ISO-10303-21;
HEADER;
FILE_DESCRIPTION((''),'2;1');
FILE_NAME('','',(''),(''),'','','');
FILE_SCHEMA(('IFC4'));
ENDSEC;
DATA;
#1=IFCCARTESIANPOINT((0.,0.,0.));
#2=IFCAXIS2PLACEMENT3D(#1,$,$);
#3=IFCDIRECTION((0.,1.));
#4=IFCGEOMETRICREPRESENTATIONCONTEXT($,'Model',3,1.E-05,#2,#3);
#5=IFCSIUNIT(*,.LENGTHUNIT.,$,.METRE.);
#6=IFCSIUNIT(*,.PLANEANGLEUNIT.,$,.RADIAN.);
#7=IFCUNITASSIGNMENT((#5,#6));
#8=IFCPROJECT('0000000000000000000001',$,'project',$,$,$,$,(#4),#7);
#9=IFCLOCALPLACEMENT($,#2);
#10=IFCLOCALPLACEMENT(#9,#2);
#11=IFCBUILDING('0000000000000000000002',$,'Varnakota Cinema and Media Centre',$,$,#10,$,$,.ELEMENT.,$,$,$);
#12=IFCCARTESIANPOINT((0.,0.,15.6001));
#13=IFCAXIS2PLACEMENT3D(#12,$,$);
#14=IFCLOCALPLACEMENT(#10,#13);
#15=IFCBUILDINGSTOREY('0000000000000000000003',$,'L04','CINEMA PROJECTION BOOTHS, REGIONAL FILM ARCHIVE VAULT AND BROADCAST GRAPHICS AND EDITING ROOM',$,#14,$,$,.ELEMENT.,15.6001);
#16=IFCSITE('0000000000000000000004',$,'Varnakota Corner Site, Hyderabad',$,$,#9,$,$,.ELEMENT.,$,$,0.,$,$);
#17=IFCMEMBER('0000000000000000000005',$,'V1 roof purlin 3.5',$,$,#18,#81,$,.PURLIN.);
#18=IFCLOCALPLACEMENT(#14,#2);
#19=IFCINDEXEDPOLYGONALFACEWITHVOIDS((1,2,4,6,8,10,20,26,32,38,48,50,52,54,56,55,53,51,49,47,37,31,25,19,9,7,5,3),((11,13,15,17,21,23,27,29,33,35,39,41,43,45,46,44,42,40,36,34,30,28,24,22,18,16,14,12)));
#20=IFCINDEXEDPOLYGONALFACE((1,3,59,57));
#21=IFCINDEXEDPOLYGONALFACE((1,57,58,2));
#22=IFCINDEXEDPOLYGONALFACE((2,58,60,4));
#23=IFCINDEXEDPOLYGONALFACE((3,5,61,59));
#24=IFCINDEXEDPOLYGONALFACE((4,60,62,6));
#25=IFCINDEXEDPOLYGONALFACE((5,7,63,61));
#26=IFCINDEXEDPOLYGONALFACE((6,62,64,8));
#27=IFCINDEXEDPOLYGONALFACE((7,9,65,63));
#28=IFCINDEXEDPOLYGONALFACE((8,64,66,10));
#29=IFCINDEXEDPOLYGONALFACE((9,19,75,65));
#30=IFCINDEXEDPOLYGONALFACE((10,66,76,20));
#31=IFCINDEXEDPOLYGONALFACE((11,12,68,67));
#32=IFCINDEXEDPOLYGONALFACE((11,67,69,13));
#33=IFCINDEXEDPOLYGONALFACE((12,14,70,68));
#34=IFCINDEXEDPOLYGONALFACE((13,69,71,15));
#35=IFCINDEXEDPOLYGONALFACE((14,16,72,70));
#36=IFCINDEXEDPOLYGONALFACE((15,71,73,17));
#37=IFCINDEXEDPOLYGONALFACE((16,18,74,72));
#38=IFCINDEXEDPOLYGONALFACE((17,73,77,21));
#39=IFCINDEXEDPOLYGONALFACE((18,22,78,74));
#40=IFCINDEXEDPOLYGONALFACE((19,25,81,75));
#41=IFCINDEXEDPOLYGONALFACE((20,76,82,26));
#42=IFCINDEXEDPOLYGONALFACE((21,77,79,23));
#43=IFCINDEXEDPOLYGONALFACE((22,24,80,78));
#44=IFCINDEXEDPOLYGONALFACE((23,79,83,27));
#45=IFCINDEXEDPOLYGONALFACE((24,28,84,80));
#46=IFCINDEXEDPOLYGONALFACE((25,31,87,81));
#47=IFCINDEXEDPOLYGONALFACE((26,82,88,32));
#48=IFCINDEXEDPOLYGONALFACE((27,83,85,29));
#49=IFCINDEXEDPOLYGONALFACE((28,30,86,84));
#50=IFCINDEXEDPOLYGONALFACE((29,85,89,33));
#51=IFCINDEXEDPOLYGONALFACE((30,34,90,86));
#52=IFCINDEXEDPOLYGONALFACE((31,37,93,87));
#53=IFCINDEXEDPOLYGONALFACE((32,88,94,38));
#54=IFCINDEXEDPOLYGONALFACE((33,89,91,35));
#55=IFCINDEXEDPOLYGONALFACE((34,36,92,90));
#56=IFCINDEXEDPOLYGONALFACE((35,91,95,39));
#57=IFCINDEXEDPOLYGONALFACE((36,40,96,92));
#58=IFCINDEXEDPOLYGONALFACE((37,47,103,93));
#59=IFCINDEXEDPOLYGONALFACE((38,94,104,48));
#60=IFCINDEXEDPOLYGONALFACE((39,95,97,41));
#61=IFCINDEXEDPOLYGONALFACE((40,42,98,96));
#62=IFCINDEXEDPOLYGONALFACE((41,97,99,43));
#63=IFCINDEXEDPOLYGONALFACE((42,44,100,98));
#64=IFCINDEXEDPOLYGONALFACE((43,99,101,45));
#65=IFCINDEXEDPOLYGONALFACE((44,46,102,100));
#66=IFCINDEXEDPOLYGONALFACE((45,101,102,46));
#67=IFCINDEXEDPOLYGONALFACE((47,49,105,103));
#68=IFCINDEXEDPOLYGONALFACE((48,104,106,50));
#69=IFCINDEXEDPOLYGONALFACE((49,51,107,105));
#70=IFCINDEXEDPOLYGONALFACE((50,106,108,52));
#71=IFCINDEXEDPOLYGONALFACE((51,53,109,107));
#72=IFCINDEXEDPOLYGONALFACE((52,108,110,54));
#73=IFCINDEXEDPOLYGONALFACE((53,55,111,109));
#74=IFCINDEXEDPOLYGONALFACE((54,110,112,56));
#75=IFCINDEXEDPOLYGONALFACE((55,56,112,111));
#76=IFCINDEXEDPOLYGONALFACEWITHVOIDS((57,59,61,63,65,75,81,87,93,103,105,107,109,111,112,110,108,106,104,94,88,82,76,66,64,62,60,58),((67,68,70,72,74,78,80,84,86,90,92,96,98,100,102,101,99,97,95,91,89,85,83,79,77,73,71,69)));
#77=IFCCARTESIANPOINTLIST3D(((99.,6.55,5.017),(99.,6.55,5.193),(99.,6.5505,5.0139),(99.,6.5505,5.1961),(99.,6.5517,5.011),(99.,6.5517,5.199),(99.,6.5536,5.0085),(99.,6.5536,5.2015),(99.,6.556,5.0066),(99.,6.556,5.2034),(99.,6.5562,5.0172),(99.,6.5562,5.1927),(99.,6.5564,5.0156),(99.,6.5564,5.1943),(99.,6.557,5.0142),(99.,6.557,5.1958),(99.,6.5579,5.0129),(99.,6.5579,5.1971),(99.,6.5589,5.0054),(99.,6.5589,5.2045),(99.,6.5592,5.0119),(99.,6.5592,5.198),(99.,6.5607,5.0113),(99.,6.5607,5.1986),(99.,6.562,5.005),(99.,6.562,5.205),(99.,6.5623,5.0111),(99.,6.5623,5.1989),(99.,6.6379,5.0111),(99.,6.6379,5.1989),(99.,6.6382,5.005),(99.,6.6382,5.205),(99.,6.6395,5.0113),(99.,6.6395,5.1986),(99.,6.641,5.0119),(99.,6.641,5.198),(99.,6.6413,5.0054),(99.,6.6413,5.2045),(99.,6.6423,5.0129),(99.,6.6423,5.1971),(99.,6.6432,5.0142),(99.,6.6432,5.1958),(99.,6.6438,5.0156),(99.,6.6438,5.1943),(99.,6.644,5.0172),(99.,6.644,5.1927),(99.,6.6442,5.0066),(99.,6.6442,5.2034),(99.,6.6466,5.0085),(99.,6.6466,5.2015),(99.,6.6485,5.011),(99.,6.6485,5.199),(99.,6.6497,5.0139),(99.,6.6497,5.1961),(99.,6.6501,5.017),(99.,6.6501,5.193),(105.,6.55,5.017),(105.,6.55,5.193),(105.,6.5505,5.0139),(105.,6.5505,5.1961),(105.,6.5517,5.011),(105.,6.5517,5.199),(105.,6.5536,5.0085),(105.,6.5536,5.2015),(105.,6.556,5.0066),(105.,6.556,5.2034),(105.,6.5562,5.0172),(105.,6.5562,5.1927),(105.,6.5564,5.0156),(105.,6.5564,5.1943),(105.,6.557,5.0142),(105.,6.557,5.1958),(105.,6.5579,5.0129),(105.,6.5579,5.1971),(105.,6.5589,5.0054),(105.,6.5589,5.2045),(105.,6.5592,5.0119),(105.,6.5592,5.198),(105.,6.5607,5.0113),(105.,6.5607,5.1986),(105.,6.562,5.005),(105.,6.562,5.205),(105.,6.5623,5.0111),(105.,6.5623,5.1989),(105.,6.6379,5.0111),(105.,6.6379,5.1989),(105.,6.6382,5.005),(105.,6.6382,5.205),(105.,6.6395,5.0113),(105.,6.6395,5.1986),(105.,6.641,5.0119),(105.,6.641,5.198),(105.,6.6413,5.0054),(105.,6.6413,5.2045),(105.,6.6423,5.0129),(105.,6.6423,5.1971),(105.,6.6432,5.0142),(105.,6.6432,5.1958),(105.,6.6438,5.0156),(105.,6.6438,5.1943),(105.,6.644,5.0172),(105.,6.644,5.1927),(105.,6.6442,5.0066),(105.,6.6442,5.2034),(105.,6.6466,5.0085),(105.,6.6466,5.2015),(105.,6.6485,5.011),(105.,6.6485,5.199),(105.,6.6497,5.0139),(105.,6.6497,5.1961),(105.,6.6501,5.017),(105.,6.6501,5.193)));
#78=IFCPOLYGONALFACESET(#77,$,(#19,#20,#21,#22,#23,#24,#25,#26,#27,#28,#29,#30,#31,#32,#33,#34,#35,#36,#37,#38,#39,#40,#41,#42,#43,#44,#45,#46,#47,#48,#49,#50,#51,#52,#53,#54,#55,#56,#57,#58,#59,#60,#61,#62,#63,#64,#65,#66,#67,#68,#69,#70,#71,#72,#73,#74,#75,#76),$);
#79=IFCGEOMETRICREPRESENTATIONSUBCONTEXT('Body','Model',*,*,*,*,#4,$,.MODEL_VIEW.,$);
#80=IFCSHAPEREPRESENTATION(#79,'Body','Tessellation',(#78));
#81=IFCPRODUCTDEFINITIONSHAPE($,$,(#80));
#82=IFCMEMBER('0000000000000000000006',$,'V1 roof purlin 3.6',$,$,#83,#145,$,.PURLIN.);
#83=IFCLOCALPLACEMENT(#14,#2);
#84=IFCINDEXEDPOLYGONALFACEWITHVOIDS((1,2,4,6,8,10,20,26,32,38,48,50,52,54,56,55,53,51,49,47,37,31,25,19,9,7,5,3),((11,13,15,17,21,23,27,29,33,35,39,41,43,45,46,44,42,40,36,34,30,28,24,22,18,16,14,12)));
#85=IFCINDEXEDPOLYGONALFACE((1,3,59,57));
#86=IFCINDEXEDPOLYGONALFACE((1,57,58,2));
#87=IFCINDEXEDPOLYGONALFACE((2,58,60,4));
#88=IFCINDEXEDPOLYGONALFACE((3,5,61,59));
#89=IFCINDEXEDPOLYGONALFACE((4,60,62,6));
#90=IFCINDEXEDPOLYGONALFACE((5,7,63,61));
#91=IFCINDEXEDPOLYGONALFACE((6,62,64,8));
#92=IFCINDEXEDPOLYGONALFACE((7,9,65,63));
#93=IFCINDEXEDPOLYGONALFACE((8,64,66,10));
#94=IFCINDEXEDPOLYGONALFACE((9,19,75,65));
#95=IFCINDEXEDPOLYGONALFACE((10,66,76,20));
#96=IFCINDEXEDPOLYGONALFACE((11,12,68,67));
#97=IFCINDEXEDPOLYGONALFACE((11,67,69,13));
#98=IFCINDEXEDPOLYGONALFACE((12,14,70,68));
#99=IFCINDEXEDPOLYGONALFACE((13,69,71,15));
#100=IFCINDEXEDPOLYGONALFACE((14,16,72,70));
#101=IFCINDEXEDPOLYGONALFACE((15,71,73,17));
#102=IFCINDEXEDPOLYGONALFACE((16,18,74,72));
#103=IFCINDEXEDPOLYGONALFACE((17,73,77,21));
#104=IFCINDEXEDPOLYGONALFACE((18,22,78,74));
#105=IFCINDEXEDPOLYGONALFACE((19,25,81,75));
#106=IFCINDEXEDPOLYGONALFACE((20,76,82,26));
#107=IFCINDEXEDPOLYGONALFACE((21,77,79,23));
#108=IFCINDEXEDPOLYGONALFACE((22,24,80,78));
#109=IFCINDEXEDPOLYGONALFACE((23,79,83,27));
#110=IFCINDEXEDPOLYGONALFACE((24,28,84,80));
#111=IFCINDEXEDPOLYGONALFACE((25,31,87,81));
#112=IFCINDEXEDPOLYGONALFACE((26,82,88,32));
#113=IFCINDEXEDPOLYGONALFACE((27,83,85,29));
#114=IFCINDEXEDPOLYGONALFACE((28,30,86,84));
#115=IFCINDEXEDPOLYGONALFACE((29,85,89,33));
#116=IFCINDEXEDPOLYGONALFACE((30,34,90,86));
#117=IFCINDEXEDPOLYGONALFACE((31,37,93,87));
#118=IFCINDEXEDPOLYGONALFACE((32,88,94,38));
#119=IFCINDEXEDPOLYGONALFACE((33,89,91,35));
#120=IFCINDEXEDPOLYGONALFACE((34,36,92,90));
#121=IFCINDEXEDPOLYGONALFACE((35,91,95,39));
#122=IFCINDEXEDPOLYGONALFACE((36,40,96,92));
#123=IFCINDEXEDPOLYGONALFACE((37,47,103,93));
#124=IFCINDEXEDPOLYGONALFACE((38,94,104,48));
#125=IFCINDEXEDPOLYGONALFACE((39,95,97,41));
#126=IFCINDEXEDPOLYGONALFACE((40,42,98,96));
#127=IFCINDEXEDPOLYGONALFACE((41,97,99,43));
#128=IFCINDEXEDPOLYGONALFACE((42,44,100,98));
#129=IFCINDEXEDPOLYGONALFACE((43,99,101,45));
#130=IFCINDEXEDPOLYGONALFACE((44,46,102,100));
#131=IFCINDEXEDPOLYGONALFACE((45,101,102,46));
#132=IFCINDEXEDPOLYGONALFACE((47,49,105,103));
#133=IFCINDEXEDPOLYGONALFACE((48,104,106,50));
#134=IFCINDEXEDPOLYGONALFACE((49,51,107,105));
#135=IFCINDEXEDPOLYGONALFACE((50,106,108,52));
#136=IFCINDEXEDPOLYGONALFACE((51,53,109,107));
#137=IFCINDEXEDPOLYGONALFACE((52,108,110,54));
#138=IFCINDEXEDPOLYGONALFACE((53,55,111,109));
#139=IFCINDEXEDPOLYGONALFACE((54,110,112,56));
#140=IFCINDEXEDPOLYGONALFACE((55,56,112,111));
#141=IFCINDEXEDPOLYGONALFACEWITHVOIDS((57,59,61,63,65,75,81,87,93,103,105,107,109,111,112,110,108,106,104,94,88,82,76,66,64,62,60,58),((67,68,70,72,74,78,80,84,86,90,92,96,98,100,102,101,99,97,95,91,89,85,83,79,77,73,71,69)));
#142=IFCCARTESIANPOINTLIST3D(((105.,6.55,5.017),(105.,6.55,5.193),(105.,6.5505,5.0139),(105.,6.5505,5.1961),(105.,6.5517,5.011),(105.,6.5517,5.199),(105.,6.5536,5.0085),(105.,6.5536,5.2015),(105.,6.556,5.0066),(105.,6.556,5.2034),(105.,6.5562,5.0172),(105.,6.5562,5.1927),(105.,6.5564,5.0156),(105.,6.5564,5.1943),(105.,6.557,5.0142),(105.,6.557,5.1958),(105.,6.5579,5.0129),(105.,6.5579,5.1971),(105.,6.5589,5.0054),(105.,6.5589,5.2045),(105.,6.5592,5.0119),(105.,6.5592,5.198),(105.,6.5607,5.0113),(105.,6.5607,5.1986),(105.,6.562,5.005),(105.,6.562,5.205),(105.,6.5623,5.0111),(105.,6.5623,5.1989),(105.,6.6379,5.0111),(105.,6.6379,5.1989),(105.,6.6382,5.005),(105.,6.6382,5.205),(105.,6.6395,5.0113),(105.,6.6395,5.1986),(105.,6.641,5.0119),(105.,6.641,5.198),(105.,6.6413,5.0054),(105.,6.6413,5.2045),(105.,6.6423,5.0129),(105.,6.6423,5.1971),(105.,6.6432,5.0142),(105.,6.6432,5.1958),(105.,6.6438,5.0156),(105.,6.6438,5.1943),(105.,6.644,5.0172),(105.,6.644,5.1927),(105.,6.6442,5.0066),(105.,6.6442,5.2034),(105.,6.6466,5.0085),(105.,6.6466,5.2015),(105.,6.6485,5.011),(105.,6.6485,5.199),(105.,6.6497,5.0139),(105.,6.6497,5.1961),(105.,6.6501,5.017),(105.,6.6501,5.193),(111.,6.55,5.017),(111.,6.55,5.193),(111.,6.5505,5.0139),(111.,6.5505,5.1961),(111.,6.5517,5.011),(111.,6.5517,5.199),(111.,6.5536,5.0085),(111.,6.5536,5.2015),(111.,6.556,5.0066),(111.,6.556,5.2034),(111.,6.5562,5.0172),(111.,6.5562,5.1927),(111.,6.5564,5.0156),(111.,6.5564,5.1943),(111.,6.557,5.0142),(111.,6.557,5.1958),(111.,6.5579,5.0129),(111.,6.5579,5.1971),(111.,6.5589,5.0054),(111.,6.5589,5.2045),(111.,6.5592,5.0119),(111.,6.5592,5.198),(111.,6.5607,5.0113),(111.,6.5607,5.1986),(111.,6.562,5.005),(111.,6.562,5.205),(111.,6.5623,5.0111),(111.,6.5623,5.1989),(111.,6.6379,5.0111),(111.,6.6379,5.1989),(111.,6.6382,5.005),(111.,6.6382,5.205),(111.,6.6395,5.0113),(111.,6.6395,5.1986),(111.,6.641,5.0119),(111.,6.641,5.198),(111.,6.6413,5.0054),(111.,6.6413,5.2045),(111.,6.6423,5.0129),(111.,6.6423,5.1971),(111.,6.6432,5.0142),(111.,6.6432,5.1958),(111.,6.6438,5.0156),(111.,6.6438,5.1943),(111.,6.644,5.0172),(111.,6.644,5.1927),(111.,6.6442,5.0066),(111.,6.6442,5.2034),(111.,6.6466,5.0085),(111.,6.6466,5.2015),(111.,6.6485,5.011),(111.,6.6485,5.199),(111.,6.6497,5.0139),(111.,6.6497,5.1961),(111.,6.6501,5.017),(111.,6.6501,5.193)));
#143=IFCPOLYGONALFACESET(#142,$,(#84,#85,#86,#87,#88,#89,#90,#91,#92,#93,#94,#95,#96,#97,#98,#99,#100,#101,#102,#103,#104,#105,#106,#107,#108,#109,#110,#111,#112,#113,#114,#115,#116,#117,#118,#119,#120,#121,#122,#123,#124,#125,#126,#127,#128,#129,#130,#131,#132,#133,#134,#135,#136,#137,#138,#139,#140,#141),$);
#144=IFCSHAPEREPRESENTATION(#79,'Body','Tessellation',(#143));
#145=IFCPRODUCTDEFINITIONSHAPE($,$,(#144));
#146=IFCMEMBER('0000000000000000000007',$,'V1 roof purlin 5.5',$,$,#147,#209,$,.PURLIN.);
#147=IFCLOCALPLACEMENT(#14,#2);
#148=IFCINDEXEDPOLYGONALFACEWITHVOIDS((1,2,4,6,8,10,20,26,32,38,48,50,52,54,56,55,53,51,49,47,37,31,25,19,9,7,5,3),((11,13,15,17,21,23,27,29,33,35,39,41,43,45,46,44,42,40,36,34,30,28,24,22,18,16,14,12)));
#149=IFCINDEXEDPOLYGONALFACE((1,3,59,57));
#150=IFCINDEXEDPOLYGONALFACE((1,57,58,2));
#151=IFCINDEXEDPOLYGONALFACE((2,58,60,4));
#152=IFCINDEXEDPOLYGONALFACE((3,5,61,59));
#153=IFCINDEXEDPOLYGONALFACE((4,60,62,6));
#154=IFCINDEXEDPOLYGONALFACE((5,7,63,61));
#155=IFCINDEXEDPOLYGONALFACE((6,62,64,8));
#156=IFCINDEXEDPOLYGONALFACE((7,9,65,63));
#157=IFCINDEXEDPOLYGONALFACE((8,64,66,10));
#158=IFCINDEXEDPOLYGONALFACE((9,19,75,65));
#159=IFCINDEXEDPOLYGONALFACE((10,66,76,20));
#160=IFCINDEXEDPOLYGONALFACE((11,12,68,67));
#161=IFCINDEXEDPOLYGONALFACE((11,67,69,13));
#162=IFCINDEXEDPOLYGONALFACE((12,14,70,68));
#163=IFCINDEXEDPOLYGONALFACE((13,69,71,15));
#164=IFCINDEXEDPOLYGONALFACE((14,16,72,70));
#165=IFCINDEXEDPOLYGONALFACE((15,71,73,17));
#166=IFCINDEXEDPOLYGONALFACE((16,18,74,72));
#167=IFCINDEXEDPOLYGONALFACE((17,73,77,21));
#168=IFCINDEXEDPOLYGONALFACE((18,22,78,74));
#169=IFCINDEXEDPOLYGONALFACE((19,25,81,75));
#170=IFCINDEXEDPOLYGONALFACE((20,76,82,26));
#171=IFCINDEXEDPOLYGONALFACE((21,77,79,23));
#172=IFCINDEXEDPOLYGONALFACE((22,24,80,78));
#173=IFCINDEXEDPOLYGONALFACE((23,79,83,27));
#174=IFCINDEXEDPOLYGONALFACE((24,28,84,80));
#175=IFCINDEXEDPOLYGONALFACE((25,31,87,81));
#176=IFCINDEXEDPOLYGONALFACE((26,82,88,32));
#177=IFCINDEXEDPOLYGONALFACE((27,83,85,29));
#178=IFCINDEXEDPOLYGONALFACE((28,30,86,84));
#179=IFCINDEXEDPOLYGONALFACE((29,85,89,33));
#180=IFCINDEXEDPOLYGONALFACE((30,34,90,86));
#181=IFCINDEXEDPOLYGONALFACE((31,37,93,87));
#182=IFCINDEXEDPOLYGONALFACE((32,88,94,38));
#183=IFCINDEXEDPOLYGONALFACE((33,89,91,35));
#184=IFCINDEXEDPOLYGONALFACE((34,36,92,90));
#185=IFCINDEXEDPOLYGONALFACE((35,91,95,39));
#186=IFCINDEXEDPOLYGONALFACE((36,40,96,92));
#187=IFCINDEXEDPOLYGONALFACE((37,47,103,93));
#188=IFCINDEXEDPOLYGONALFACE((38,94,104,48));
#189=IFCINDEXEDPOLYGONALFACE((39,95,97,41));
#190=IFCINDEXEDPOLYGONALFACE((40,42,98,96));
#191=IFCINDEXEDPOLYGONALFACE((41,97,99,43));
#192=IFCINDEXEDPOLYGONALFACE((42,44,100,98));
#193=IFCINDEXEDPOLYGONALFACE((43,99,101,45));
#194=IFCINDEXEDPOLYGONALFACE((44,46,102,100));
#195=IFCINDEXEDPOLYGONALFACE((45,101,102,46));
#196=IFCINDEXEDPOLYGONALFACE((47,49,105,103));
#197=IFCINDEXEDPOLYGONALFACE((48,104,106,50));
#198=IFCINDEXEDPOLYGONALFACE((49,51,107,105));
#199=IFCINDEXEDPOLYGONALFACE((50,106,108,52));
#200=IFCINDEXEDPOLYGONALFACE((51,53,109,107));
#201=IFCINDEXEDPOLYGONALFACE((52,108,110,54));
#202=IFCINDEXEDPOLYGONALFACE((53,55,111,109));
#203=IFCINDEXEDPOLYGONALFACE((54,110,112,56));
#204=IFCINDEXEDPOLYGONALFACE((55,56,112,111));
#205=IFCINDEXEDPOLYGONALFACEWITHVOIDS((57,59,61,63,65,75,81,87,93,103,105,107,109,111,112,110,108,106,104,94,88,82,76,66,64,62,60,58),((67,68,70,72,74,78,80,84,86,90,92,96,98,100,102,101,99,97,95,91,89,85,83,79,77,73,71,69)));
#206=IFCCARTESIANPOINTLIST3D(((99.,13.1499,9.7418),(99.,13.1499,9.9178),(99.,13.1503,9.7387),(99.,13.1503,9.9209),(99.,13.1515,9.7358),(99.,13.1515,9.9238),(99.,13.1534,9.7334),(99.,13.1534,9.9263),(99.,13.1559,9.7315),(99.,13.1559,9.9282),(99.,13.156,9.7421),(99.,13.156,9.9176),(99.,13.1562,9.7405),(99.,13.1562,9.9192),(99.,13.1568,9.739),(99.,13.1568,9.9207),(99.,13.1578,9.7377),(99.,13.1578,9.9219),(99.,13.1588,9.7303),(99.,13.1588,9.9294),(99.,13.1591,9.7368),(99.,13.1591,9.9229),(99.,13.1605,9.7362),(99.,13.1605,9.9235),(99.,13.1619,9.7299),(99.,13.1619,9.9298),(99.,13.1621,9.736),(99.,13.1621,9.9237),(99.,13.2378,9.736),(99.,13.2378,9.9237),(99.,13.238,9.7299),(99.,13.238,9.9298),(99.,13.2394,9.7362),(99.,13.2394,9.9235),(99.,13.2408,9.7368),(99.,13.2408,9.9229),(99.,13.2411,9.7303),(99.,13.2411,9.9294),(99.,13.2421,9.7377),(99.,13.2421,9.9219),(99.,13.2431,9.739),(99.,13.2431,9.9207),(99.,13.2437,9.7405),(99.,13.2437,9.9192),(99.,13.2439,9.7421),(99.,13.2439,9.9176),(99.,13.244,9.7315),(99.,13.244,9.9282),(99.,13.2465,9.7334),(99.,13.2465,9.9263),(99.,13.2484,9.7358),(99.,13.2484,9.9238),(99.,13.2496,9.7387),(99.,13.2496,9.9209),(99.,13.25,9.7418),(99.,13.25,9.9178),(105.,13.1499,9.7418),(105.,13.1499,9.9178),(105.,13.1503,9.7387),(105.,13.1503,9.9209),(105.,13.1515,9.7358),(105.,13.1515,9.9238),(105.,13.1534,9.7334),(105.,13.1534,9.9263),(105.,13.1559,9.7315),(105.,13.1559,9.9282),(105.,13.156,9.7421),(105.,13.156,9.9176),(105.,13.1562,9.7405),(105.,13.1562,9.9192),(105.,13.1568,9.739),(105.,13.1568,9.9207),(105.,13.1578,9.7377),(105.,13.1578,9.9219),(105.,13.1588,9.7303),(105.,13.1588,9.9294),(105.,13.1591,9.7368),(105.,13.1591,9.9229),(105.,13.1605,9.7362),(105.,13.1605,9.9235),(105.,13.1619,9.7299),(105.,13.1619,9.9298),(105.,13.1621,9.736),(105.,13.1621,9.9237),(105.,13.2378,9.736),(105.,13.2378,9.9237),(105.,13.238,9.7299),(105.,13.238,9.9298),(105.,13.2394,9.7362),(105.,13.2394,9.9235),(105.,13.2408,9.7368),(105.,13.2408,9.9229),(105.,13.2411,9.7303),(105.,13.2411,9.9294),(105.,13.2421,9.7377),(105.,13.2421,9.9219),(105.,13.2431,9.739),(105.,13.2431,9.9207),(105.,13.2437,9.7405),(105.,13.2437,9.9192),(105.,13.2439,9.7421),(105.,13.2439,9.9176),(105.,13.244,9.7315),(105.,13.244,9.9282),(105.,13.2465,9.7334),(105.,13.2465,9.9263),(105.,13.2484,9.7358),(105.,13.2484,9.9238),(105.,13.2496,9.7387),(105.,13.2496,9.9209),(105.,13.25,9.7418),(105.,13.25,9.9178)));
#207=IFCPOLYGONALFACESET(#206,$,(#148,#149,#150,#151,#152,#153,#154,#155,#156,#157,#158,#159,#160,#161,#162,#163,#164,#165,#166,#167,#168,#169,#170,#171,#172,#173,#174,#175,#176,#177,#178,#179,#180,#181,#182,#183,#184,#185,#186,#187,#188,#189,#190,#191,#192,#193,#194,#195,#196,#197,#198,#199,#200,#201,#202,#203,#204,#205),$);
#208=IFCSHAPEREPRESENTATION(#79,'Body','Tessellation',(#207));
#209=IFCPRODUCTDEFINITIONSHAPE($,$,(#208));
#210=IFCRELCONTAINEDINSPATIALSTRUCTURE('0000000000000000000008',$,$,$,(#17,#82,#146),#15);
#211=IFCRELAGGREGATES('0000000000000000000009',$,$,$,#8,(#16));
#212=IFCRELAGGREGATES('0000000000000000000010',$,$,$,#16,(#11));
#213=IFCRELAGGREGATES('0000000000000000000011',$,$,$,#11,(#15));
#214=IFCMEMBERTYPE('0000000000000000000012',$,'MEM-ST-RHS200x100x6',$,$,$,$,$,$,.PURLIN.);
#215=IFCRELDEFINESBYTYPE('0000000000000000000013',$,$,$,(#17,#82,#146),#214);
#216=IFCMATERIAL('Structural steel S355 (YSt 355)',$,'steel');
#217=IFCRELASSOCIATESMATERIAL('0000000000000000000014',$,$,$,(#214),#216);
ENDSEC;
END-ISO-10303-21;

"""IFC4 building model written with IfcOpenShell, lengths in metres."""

from ifc_helpers import new_model, si_unit, direction, frame, origin, origin_2d, place, context, subcontext, project, spatial, hollow_rectangle, extrude, material, material_profile, profile_set, type_object, element, save


model = new_model("IFC4")

# Units and contexts
model_context = context("Model", 3, precision=1e-05, world=origin(), true_north=direction((0.0, 1.0)))
body_context = subcontext(model_context, "Body", "Model", "MODEL_VIEW")
ifc_project = project(units=[si_unit("LENGTHUNIT", "METRE"), si_unit("PLANEANGLEUNIT", "RADIAN")], contexts=[model_context])

# Site, building, storey
site_placement = place(None, origin())
site = spatial("IfcSite", under=ifc_project, at=site_placement, Name="Varnakota Corner Site, Hyderabad", CompositionType="ELEMENT", RefElevation=0.0)
building_placement = place(site_placement, origin())
building = spatial("IfcBuilding", under=site, at=building_placement, Name="Varnakota Cinema and Media Centre", CompositionType="ELEMENT")
storey_placement = place(building_placement, frame((0.0, 0.0, 15.6001)))
storey = spatial("IfcBuildingStorey", under=building, at=storey_placement, Name="L04", Description="CINEMA PROJECTION BOOTHS, REGIONAL FILM ARCHIVE VAULT AND BROADCAST GRAPHICS AND EDITING ROOM", CompositionType="ELEMENT", Elevation=15.6001)

# Members
ifc_material_1 = material(Name="Structural steel S355 (YSt 355)", Category="steel")
ifc_material_profile_1 = material_profile(ifc_material_1, hollow_rectangle(XDim=0.1001, YDim=0.2, WallThickness=0.0061, InnerFilletRadius=0.0061, OuterFilletRadius=0.012, at=origin_2d()), Name="RHS 200x100x6")
ifc_profile_set_1 = profile_set([ifc_material_profile_1], Name="Structural steel S355 (YSt 355)")
member_type_1 = type_object("IfcMemberType", Name="MEM-ST-RHS200x100x6", PredefinedType="PURLIN", material=ifc_profile_set_1)
for number, where, z_axis, x_axis, name in (
    (1, (99.0, 6.6001, 5.105), (1.0, 0.0, 0.0), (0.0, 1.0, 0.0), "V1 roof purlin 3.5"),
    (2, (105.0, 6.6001, 5.105), (1.0, 0.0, 0.0), (0.0, 1.0, 0.0), "V1 roof purlin 3.6"),
    (3, (99.0, 13.2, 9.8298), (1.0, 0.0, 0.0), (0.0, 1.0, 0.0), "V1 roof purlin 5.5"),
):
    element("IfcMember", number, at=place(storey_placement, frame(where, z_axis=z_axis, x_axis=x_axis)), inside=storey, type_object=member_type_1, Name=name, PredefinedType="PURLIN", context=body_context, shape_type="SweptSolid", body=[
        extrude(hollow_rectangle(XDim=0.1001, YDim=0.2, WallThickness=0.0061, InnerFilletRadius=0.0061, OuterFilletRadius=0.012, at=origin_2d()), origin(), (0.0, 0.0, 1.0), 6.0),
    ])

save(model, "model.ifc")
